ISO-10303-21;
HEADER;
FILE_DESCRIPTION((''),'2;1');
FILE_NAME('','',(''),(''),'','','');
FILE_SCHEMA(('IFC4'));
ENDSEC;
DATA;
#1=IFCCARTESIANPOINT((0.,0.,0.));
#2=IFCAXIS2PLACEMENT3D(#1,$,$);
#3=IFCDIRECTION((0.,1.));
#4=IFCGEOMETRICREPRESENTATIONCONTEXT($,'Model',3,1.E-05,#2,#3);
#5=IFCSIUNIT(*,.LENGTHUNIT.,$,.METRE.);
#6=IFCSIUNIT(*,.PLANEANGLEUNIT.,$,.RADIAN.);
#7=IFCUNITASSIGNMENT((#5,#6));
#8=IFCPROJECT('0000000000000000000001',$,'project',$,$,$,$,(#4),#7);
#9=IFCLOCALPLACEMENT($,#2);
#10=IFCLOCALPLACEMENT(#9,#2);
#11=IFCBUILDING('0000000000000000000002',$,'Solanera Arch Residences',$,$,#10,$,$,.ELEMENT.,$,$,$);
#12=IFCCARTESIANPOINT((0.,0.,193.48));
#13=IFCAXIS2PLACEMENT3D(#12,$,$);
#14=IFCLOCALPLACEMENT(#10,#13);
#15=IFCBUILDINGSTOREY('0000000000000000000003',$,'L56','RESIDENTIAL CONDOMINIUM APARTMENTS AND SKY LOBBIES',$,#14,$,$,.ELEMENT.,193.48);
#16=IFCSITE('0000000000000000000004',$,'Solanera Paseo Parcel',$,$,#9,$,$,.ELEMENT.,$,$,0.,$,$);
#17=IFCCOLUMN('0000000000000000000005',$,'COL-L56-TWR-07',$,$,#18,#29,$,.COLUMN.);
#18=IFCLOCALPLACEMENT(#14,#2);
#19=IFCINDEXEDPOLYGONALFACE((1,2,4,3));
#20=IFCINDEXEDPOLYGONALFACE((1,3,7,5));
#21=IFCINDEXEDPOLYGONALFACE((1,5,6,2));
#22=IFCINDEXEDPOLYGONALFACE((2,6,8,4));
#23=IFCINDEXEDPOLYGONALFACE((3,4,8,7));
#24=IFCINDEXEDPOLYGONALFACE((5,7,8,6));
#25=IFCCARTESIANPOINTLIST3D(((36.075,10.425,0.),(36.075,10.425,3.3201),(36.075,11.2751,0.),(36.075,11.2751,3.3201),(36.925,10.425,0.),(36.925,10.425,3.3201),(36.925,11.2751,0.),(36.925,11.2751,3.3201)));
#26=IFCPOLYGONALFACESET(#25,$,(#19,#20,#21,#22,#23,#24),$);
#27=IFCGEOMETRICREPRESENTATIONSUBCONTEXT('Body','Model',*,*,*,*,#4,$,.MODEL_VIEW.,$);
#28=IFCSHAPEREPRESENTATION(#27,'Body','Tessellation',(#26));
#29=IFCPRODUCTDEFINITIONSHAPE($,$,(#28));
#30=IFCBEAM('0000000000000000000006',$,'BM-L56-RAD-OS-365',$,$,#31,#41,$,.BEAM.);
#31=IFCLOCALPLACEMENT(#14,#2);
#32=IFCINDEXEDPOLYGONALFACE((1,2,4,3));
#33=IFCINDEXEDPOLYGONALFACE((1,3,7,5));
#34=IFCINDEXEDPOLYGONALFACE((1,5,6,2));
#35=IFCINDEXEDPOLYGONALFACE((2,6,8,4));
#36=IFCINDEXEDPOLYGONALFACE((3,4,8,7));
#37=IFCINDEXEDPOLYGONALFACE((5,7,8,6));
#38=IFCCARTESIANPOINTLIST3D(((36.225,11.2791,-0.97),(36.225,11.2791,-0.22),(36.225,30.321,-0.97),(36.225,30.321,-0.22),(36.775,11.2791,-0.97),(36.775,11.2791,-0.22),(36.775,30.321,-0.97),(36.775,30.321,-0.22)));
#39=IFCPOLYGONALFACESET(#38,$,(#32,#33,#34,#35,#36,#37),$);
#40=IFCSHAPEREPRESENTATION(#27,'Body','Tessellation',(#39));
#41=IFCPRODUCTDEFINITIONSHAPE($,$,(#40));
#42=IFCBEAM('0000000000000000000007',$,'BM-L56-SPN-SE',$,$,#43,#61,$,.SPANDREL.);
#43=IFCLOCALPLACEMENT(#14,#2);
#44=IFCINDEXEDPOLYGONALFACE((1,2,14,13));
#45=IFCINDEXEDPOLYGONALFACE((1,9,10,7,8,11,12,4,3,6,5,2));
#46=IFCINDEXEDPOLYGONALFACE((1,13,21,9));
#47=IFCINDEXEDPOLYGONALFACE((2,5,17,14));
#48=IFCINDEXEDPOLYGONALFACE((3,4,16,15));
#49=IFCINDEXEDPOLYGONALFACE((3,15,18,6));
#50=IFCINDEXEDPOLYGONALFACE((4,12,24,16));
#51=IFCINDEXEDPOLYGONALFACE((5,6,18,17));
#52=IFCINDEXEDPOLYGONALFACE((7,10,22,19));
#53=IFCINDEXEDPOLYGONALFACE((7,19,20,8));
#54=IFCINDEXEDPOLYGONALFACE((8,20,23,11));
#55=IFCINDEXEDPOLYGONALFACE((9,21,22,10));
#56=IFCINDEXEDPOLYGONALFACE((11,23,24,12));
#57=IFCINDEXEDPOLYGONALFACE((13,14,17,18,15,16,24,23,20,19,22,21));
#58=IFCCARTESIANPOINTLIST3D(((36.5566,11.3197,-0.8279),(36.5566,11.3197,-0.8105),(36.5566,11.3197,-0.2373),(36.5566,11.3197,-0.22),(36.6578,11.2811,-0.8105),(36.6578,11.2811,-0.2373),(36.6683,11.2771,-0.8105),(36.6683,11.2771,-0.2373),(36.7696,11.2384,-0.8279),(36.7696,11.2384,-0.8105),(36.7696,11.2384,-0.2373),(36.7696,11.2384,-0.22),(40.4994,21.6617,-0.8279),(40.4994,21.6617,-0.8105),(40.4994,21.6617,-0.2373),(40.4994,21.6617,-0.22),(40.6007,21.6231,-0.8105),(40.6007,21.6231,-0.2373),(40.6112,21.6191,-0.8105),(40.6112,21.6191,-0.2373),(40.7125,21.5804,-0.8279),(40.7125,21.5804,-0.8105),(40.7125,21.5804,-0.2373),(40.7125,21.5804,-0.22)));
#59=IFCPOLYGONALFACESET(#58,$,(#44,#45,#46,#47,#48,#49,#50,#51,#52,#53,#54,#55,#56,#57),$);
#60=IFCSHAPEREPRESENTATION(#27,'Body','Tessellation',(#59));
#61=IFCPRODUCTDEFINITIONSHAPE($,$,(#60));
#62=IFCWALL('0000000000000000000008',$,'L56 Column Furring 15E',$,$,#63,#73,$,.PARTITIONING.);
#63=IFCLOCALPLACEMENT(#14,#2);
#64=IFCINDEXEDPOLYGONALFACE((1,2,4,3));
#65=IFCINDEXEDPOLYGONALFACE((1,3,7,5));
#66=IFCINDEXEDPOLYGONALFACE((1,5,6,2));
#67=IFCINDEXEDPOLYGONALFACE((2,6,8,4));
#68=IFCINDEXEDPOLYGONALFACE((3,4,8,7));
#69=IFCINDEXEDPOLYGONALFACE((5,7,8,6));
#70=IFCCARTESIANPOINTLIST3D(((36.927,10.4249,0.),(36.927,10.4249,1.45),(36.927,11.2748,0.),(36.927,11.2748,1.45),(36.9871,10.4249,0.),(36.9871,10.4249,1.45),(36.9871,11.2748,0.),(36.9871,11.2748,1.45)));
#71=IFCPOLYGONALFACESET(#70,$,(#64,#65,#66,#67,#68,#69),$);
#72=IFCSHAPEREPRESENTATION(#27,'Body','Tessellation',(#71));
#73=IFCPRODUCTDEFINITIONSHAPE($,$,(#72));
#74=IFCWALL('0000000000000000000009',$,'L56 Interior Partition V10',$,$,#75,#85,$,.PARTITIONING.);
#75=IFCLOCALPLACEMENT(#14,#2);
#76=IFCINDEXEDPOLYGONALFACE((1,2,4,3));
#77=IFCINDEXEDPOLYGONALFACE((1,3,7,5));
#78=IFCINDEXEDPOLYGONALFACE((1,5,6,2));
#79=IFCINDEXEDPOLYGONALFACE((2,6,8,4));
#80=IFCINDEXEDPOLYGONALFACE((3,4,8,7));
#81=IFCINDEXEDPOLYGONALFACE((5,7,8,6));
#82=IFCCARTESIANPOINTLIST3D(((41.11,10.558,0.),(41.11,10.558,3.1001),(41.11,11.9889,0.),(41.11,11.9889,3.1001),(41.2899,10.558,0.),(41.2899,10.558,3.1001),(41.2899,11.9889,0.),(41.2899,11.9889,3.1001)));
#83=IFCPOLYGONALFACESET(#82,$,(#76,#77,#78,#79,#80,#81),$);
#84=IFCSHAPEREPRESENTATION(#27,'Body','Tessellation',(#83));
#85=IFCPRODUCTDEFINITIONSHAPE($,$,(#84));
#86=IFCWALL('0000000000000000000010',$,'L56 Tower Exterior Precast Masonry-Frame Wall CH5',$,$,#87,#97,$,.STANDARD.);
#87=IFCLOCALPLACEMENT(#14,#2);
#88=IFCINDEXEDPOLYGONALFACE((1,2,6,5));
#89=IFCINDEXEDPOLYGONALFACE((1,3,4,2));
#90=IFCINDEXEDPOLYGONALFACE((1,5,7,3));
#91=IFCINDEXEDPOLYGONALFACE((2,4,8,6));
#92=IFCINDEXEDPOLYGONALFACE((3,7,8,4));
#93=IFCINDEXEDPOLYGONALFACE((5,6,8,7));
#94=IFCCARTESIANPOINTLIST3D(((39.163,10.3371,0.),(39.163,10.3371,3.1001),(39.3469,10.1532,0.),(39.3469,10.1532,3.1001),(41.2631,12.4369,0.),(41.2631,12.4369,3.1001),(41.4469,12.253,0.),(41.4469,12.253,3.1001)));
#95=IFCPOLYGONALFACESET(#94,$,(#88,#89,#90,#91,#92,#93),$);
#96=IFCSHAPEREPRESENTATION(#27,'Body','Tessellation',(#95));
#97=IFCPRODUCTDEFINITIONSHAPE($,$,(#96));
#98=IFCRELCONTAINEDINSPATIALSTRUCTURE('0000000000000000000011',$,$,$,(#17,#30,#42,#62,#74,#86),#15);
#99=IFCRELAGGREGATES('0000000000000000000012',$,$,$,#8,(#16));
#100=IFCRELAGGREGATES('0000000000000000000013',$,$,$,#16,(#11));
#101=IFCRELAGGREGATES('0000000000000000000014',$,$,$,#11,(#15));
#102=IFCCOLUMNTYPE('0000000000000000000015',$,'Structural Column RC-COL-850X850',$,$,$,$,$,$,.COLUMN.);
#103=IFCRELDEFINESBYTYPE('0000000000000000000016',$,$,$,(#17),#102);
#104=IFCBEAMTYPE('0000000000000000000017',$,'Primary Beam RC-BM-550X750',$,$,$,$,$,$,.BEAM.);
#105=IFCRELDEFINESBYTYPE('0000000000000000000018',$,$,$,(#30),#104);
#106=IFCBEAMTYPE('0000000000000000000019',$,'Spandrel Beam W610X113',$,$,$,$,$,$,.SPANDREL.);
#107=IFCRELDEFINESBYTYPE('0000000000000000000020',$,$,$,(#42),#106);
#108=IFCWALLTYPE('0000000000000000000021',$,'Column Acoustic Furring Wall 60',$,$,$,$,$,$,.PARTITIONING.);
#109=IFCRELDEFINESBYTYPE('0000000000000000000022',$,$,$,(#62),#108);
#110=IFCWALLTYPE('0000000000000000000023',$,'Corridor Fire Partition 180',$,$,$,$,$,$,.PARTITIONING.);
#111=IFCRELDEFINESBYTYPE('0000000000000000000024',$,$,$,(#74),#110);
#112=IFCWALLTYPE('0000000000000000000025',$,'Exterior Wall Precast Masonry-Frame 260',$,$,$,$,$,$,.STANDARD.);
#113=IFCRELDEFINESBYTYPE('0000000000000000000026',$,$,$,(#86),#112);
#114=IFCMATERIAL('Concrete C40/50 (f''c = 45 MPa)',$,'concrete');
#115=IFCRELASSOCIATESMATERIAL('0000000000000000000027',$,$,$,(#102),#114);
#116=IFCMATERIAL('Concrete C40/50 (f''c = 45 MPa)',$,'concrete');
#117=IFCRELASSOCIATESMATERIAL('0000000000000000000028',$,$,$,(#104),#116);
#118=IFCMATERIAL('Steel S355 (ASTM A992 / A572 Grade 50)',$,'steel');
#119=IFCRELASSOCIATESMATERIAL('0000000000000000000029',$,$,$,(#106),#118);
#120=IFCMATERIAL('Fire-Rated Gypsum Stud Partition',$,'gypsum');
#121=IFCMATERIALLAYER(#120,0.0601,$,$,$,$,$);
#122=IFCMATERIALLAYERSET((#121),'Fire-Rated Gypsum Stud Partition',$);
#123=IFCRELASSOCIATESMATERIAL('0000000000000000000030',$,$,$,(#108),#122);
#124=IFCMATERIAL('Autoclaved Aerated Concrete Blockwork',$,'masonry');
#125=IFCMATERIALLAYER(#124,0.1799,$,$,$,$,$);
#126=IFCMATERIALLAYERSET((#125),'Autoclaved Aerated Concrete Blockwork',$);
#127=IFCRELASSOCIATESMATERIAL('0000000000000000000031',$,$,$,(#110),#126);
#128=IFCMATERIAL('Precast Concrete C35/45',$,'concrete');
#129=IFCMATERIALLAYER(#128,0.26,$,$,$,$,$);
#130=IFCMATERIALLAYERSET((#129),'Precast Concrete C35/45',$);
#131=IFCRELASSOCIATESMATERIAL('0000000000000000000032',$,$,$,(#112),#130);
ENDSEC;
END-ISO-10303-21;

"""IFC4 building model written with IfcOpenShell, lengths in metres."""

from ifc_helpers import new_model, si_unit, direction, frame, frame_2d, origin, origin_2d, place, context, subcontext, project, spatial, rectangle, i_section, extrude, material, layer, layer_set, material_profile, profile_set, type_object, element, save


model = new_model("IFC4")

# Units and contexts
model_context = context("Model", 3, precision=1e-05, world=origin(), true_north=direction((0.0, 1.0)))
body_context = subcontext(model_context, "Body", "Model", "MODEL_VIEW")
ifc_project = project(units=[si_unit("LENGTHUNIT", "METRE"), si_unit("PLANEANGLEUNIT", "RADIAN")], contexts=[model_context])

# Site, building, storey
site_placement = place(None, origin())
site = spatial("IfcSite", under=ifc_project, at=site_placement, Name="Solanera Paseo Parcel", CompositionType="ELEMENT", RefElevation=0.0)
building_placement = place(site_placement, origin())
building = spatial("IfcBuilding", under=site, at=building_placement, Name="Solanera Arch Residences", CompositionType="ELEMENT")
storey_placement = place(building_placement, frame((0.0, 0.0, 193.48)))
storey = spatial("IfcBuildingStorey", under=building, at=storey_placement, Name="L56", Description="RESIDENTIAL CONDOMINIUM APARTMENTS AND SKY LOBBIES", CompositionType="ELEMENT", Elevation=193.48)

# Column
ifc_material_1 = material(Name="Concrete C40/50 (f'c = 45 MPa)", Category="concrete")
ifc_material_profile_1 = material_profile(ifc_material_1, rectangle(XDim=0.8501, YDim=0.8501, at=origin_2d()))
ifc_profile_set_1 = profile_set([ifc_material_profile_1], Name="Concrete C40/50 (f'c = 45 MPa)")
column_type = type_object("IfcColumnType", Name="Structural Column RC-COL-850X850", PredefinedType="COLUMN", material=ifc_profile_set_1)
column_placement = place(storey_placement, frame((36.5, 10.8501, 0.0), z_axis=(0.0, 0.0, 1.0), x_axis=(1.0, 0.0, 0.0)))
element("IfcColumn", 1, at=column_placement, inside=storey, type_object=column_type, Name="COL-L56-TWR-07", PredefinedType="COLUMN", context=body_context, shape_type="SweptSolid", body=[
    extrude(rectangle(XDim=0.8501, YDim=0.8501, at=origin_2d()), origin(), (0.0, 0.0, 1.0), 3.3201),
])

# Beams
ifc_material_2 = material(Name="Concrete C40/50 (f'c = 45 MPa)", Category="concrete")
ifc_material_profile_2 = material_profile(ifc_material_2, rectangle(XDim=0.55, YDim=0.75, at=origin_2d()))
ifc_profile_set_2 = profile_set([ifc_material_profile_2], Name="Concrete C40/50 (f'c = 45 MPa)")
beam_type_1 = type_object("IfcBeamType", Name="Primary Beam RC-BM-550X750", PredefinedType="BEAM", material=ifc_profile_set_2)
beam_1_placement = place(storey_placement, frame((36.5, 11.2791, -0.595), z_axis=(0.0, 1.0, 0.0), x_axis=(-1.0, 0.0, 0.0)))
element("IfcBeam", 2, at=beam_1_placement, inside=storey, type_object=beam_type_1, Name="BM-L56-RAD-OS-365", PredefinedType="BEAM", context=body_context, shape_type="SweptSolid", body=[
    extrude(rectangle(XDim=0.55, YDim=0.75, at=origin_2d()), origin(), (0.0, 0.0, 1.0), 19.042),
])
ifc_material_3 = material(Name="Steel S355 (ASTM A992 / A572 Grade 50)", Category="steel")
ifc_material_profile_3 = material_profile(ifc_material_3, i_section(OverallWidth=0.228, OverallDepth=0.6079, WebThickness=0.0112, FlangeThickness=0.0173, at=origin_2d()))
ifc_profile_set_3 = profile_set([ifc_material_profile_3], Name="Steel S355 (ASTM A992 / A572 Grade 50)")
beam_type_2 = type_object("IfcBeamType", Name="Spandrel Beam W610X113", PredefinedType="SPANDREL", material=ifc_profile_set_3)
beam_2_placement = place(storey_placement, frame((36.6631, 11.2791, -0.5239), z_axis=(0.356236, 0.934396, 0.0), x_axis=(-0.934396, 0.356236, 0.0)))
element("IfcBeam", 3, at=beam_2_placement, inside=storey, type_object=beam_type_2, Name="BM-L56-SPN-SE", PredefinedType="SPANDREL", context=body_context, shape_type="SweptSolid", body=[
    extrude(i_section(OverallWidth=0.228, OverallDepth=0.6079, WebThickness=0.0112, FlangeThickness=0.0173, at=origin_2d()), origin(), (0.0, 0.0, 1.0), 11.0681),
])

# Walls
ifc_material_4 = material(Name="Fire-Rated Gypsum Stud Partition", Category="gypsum")
ifc_layer_1 = layer(ifc_material_4, 0.0601)
ifc_layer_set_1 = layer_set([ifc_layer_1], Name="Fire-Rated Gypsum Stud Partition")
wall_type_1 = type_object("IfcWallType", Name="Column Acoustic Furring Wall 60", PredefinedType="PARTITIONING", material=ifc_layer_set_1)
wall_1_placement = place(storey_placement, frame((36.957, 10.425, 0.0), z_axis=(0.0, 0.0, 1.0), x_axis=(0.0, 1.0, 0.0)))
element("IfcWall", 4, at=wall_1_placement, inside=storey, type_object=wall_type_1, Name="L56 Column Furring 15E", PredefinedType="PARTITIONING", context=body_context, shape_type="SweptSolid", body=[
    extrude(rectangle(XDim=0.8499, YDim=0.0601, at=frame_2d((0.4248, 0.0))), origin(), (0.0, 0.0, 1.0), 1.45),
])
ifc_material_5 = material(Name="Autoclaved Aerated Concrete Blockwork", Category="masonry")
ifc_layer_2 = layer(ifc_material_5, 0.1799)
ifc_layer_set_2 = layer_set([ifc_layer_2], Name="Autoclaved Aerated Concrete Blockwork")
wall_type_2 = type_object("IfcWallType", Name="Corridor Fire Partition 180", PredefinedType="PARTITIONING", material=ifc_layer_set_2)
wall_2_placement = place(storey_placement, frame((41.2, 10.5581, 0.0), z_axis=(0.0, 0.0, 1.0), x_axis=(0.0, 1.0, 0.0)))
element("IfcWall", 5, at=wall_2_placement, inside=storey, type_object=wall_type_2, Name="L56 Interior Partition V10", PredefinedType="PARTITIONING", context=body_context, shape_type="SweptSolid", body=[
    extrude(rectangle(XDim=1.4309, YDim=0.1799, at=frame_2d((0.7153, 0.0))), origin(), (0.0, 0.0, 1.0), 3.1001),
])
ifc_material_6 = material(Name="Precast Concrete C35/45", Category="concrete")
ifc_layer_3 = layer(ifc_material_6, 0.26)
ifc_layer_set_3 = layer_set([ifc_layer_3], Name="Precast Concrete C35/45")
wall_type_3 = type_object("IfcWallType", Name="Exterior Wall Precast Masonry-Frame 260", PredefinedType="STANDARD", material=ifc_layer_set_3)
wall_3_placement = place(storey_placement, frame((41.355, 12.345, 0.0), z_axis=(0.0, 0.0, 1.0), x_axis=(-0.707148, -0.707066, 0.0)))
element("IfcWall", 6, at=wall_3_placement, inside=storey, type_object=wall_type_3, Name="L56 Tower Exterior Precast Masonry-Frame Wall CH5", PredefinedType="STANDARD", context=body_context, shape_type="SweptSolid", body=[
    extrude(rectangle(XDim=2.9697, YDim=0.26, at=frame_2d((1.4849, 0.0))), origin(), (0.0, 0.0, 1.0), 3.1001),
])

save(model, "model.ifc")
